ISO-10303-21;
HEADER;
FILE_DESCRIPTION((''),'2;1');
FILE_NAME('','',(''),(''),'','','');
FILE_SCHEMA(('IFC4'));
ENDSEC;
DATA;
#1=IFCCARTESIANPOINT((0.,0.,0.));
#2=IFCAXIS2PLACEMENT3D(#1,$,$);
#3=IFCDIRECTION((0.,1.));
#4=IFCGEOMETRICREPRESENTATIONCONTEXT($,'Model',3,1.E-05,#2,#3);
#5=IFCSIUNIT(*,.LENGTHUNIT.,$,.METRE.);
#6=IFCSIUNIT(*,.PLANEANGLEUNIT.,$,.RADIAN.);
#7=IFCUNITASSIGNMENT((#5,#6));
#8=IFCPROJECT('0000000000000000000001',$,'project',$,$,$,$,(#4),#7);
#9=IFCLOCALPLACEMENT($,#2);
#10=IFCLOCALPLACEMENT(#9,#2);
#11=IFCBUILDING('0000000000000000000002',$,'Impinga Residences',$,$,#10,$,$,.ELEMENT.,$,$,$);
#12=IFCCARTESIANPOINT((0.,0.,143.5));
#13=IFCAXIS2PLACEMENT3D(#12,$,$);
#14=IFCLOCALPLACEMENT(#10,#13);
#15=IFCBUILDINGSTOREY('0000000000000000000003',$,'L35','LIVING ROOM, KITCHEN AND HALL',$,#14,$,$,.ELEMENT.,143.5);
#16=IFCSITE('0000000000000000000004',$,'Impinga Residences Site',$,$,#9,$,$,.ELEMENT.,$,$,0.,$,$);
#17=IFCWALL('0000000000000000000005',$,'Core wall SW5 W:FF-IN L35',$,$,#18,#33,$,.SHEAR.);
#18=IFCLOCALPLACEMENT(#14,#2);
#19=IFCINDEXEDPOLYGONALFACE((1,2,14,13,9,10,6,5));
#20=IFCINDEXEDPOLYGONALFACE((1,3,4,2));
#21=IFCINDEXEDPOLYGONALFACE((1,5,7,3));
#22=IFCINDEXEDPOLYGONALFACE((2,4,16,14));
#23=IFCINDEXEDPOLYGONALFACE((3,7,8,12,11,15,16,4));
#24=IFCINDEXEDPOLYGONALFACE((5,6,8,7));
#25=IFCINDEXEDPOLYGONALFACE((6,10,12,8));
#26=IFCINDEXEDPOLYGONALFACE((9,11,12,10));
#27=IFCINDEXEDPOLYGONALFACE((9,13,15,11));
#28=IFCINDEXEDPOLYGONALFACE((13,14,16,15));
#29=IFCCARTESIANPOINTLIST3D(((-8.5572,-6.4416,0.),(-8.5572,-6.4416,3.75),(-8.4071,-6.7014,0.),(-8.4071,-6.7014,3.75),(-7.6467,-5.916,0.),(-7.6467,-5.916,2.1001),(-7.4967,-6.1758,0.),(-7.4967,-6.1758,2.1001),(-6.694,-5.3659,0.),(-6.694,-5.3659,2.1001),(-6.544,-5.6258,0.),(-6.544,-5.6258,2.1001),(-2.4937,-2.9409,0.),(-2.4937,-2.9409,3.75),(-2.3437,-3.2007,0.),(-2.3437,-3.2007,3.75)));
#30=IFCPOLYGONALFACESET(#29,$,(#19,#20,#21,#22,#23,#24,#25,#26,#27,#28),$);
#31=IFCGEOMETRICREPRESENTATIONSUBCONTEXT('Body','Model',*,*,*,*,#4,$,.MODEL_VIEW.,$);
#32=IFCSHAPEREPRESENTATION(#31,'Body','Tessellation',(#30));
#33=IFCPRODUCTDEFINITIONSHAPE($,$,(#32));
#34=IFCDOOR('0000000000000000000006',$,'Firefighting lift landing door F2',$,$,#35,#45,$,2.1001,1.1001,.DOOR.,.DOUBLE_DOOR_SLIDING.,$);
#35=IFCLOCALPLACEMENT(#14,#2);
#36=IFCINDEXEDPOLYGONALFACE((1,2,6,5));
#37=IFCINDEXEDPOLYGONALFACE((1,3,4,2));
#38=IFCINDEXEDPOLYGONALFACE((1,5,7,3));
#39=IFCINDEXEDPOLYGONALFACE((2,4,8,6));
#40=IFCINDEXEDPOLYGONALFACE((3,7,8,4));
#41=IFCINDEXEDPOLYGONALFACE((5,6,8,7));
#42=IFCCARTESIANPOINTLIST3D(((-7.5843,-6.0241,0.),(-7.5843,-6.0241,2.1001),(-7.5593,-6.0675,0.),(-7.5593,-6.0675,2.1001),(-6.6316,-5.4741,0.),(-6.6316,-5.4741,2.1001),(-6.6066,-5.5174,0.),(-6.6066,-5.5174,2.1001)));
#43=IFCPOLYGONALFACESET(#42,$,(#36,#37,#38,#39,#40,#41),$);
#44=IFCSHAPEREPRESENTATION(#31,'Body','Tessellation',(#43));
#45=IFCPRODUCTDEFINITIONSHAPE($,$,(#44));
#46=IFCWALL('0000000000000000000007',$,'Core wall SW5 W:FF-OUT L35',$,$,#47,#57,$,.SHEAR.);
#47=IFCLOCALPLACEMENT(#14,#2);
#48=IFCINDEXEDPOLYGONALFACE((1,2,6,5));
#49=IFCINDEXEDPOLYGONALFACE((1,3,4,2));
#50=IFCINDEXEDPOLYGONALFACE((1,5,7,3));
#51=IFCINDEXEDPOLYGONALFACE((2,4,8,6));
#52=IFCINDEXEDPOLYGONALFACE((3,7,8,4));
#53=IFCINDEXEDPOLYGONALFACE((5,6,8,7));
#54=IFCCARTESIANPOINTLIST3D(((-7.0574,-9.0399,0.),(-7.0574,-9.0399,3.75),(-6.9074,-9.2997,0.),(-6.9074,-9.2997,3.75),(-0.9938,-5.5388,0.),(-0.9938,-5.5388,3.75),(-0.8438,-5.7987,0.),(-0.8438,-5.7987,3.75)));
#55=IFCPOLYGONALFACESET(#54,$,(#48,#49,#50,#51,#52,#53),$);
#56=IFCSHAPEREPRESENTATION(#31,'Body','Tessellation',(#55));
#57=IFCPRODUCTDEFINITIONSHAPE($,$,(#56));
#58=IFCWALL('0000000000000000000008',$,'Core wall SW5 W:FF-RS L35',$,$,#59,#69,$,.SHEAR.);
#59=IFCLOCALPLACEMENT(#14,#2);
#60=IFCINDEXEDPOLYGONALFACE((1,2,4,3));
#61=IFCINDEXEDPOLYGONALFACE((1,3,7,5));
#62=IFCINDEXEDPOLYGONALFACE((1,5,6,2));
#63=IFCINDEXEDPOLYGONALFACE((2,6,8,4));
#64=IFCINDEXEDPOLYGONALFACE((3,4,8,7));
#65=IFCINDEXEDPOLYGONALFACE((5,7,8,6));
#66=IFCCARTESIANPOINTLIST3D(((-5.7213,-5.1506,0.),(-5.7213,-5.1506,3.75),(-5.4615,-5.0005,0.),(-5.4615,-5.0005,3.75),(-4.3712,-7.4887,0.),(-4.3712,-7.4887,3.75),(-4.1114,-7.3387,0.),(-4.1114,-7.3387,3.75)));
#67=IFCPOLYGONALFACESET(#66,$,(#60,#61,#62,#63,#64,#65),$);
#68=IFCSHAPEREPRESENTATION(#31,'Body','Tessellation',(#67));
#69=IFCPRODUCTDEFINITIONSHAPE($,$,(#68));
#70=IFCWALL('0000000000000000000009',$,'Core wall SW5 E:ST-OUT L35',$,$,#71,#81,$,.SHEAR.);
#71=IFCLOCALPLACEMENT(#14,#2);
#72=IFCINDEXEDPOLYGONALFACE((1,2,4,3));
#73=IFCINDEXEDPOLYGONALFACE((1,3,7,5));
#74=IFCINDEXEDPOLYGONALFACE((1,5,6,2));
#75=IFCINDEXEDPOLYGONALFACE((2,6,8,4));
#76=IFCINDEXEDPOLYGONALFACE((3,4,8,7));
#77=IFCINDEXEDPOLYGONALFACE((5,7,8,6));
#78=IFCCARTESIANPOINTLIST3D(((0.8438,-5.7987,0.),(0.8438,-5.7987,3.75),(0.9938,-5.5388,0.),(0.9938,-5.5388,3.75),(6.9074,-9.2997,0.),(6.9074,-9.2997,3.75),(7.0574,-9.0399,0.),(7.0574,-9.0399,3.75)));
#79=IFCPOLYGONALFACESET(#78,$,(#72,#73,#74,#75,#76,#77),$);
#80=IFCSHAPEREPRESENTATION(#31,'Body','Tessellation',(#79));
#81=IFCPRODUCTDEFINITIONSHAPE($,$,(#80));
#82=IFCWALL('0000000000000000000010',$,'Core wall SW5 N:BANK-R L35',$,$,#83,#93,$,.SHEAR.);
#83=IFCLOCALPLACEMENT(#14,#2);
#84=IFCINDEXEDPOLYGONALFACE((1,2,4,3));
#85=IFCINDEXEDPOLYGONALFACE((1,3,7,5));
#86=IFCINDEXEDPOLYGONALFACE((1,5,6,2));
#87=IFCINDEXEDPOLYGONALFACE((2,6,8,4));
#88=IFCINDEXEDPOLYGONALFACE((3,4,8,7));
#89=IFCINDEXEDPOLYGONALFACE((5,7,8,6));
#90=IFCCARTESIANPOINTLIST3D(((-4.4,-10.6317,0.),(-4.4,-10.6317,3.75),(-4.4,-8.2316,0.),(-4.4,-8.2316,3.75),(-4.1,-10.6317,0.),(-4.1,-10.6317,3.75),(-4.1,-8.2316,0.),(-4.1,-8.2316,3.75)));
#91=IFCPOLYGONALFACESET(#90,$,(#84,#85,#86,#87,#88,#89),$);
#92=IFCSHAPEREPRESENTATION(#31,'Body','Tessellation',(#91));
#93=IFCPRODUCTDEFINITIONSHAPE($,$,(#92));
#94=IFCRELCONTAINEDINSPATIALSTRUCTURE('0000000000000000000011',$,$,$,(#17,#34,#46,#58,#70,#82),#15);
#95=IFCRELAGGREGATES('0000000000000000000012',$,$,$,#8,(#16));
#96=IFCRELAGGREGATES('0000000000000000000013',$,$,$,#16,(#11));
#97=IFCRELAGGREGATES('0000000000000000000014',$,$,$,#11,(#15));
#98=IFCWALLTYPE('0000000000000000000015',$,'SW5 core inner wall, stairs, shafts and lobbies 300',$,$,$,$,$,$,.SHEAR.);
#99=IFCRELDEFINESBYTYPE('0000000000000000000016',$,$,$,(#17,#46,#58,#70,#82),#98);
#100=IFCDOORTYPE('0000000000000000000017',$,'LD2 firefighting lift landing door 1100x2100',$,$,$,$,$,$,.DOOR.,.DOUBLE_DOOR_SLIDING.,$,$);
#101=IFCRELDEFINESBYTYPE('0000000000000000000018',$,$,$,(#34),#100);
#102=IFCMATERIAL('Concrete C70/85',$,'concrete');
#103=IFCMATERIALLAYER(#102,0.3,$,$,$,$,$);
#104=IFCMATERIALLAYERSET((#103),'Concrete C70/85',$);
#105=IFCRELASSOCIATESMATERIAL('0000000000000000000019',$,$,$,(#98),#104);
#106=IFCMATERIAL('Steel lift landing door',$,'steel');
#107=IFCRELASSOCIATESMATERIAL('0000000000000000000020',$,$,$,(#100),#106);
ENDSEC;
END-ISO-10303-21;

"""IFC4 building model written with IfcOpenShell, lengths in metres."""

from ifc_helpers import new_model, si_unit, direction, frame, frame_2d, origin, place, context, subcontext, project, spatial, rectangle, extrude, material, layer, layer_set, type_object, element, fill, save


model = new_model("IFC4")

# Units and contexts
model_context = context("Model", 3, precision=1e-05, world=origin(), true_north=direction((0.0, 1.0)))
body_context = subcontext(model_context, "Body", "Model", "MODEL_VIEW")
ifc_project = project(units=[si_unit("LENGTHUNIT", "METRE"), si_unit("PLANEANGLEUNIT", "RADIAN")], contexts=[model_context])

# Site, building, storey
site_placement = place(None, origin())
site = spatial("IfcSite", under=ifc_project, at=site_placement, Name="Impinga Residences Site", CompositionType="ELEMENT", RefElevation=0.0)
building_placement = place(site_placement, origin())
building = spatial("IfcBuilding", under=site, at=building_placement, Name="Impinga Residences", CompositionType="ELEMENT")
storey_placement = place(building_placement, frame((0.0, 0.0, 143.5)))
storey = spatial("IfcBuildingStorey", under=building, at=storey_placement, Name="L35", Description="LIVING ROOM, KITCHEN AND HALL", CompositionType="ELEMENT", Elevation=143.5)

# Shared definitions
ifc_material_1 = material(Name="Concrete C70/85", Category="concrete")
ifc_layer_1 = layer(ifc_material_1, 0.3)
ifc_layer_set_1 = layer_set([ifc_layer_1], Name="Concrete C70/85")
wall_type_1 = type_object("IfcWallType", Name="SW5 core inner wall, stairs, shafts and lobbies 300", PredefinedType="SHEAR", material=ifc_layer_set_1)

# Wall, opening, door
wall_1_placement = place(storey_placement, frame((-2.4187, -3.0708, 0.0), z_axis=(0.0, 0.0, 1.0), x_axis=(-0.866026, -0.499998, 0.0)))
wall_1 = element("IfcWall", 1, at=wall_1_placement, inside=storey, type_object=wall_type_1, Name="Core wall SW5 W:FF-IN L35", PredefinedType="SHEAR", context=body_context, shape_type="SweptSolid", body=[
    extrude(rectangle(XDim=7.0015, YDim=0.3, at=frame_2d((3.5007, 0.0))), origin(), (0.0, 0.0, 1.0), 3.75),
])
opening_1_placement = place(wall_1_placement, frame((4.8501, 0.0, 0.0)))
opening_1 = element("IfcOpeningElement", 2, at=opening_1_placement, cuts=wall_1, PredefinedType="OPENING", context=body_context, shape_type="SweptSolid", body=[
    extrude(rectangle(XDim=1.1001, YDim=2.1001, at=frame_2d((0.55, 1.05))), frame((0.0, 0.1599, 0.0), z_axis=(0.0, -1.0, 0.0), x_axis=(1.0, 0.0, 0.0)), (0.0, 0.0, 1.0), 0.3201),
])
ifc_material_2 = material(Name="Steel lift landing door", Category="steel")
door_type_1 = type_object("IfcDoorType", Name="LD2 firefighting lift landing door 1100x2100", OperationType="DOUBLE_DOOR_SLIDING", PredefinedType="DOOR", material=ifc_material_2)
door_1_placement = place(opening_1_placement, origin())
door_1 = element("IfcDoor", 3, at=door_1_placement, inside=storey, type_object=door_type_1, Name="Firefighting lift landing door F2", OperationType="DOUBLE_DOOR_SLIDING", OverallHeight=2.1001, OverallWidth=1.1001, PredefinedType="DOOR", context=body_context, shape_type="SweptSolid", body=[
    extrude(rectangle(XDim=1.1001, YDim=2.1001, at=frame_2d((0.55, 1.05))), frame((0.0, 0.0249, 0.0), z_axis=(0.0, -1.0, 0.0), x_axis=(1.0, 0.0, 0.0)), (0.0, 0.0, 1.0), 0.05),
])
fill(opening_1, door_1)

# Walls
wall_2_placement = place(storey_placement, frame((-0.9187, -5.6687, 0.0), z_axis=(0.0, 0.0, 1.0), x_axis=(-0.866011, -0.500024, 0.0)))
element("IfcWall", 4, at=wall_2_placement, inside=storey, type_object=wall_type_1, Name="Core wall SW5 W:FF-OUT L35", PredefinedType="SHEAR", context=body_context, shape_type="SweptSolid", body=[
    extrude(rectangle(XDim=7.0017, YDim=0.3, at=frame_2d((3.501, 0.0))), origin(), (0.0, 0.0, 1.0), 3.75),
])
wall_3_placement = place(storey_placement, frame((-4.2412, -7.4138, 0.0), z_axis=(0.0, 0.0, 1.0), x_axis=(-0.500049, 0.865997, 0.0)))
element("IfcWall", 5, at=wall_3_placement, inside=storey, type_object=wall_type_1, Name="Core wall SW5 W:FF-RS L35", PredefinedType="SHEAR", context=body_context, shape_type="SweptSolid", body=[
    extrude(rectangle(XDim=2.7, YDim=0.3, at=frame_2d((1.3501, 0.0))), origin(), (0.0, 0.0, 1.0), 3.75),
])
wall_4_placement = place(storey_placement, frame((0.9187, -5.6687, 0.0), z_axis=(0.0, 0.0, 1.0), x_axis=(0.866011, -0.500024, 0.0)))
element("IfcWall", 6, at=wall_4_placement, inside=storey, type_object=wall_type_1, Name="Core wall SW5 E:ST-OUT L35", PredefinedType="SHEAR", context=body_context, shape_type="SweptSolid", body=[
    extrude(rectangle(XDim=7.0017, YDim=0.3, at=frame_2d((3.501, 0.0))), origin(), (0.0, 0.0, 1.0), 3.75),
])
wall_5_placement = place(storey_placement, frame((-4.25, -8.2314, 0.0), z_axis=(0.0, 0.0, 1.0), x_axis=(0.0, -1.0, 0.0)))
element("IfcWall", 7, at=wall_5_placement, inside=storey, type_object=wall_type_1, Name="Core wall SW5 N:BANK-R L35", PredefinedType="SHEAR", context=body_context, shape_type="SweptSolid", body=[
    extrude(rectangle(XDim=2.4001, YDim=0.3, at=frame_2d((1.2002, 0.0))), origin(), (0.0, 0.0, 1.0), 3.75),
])

save(model, "model.ifc")
